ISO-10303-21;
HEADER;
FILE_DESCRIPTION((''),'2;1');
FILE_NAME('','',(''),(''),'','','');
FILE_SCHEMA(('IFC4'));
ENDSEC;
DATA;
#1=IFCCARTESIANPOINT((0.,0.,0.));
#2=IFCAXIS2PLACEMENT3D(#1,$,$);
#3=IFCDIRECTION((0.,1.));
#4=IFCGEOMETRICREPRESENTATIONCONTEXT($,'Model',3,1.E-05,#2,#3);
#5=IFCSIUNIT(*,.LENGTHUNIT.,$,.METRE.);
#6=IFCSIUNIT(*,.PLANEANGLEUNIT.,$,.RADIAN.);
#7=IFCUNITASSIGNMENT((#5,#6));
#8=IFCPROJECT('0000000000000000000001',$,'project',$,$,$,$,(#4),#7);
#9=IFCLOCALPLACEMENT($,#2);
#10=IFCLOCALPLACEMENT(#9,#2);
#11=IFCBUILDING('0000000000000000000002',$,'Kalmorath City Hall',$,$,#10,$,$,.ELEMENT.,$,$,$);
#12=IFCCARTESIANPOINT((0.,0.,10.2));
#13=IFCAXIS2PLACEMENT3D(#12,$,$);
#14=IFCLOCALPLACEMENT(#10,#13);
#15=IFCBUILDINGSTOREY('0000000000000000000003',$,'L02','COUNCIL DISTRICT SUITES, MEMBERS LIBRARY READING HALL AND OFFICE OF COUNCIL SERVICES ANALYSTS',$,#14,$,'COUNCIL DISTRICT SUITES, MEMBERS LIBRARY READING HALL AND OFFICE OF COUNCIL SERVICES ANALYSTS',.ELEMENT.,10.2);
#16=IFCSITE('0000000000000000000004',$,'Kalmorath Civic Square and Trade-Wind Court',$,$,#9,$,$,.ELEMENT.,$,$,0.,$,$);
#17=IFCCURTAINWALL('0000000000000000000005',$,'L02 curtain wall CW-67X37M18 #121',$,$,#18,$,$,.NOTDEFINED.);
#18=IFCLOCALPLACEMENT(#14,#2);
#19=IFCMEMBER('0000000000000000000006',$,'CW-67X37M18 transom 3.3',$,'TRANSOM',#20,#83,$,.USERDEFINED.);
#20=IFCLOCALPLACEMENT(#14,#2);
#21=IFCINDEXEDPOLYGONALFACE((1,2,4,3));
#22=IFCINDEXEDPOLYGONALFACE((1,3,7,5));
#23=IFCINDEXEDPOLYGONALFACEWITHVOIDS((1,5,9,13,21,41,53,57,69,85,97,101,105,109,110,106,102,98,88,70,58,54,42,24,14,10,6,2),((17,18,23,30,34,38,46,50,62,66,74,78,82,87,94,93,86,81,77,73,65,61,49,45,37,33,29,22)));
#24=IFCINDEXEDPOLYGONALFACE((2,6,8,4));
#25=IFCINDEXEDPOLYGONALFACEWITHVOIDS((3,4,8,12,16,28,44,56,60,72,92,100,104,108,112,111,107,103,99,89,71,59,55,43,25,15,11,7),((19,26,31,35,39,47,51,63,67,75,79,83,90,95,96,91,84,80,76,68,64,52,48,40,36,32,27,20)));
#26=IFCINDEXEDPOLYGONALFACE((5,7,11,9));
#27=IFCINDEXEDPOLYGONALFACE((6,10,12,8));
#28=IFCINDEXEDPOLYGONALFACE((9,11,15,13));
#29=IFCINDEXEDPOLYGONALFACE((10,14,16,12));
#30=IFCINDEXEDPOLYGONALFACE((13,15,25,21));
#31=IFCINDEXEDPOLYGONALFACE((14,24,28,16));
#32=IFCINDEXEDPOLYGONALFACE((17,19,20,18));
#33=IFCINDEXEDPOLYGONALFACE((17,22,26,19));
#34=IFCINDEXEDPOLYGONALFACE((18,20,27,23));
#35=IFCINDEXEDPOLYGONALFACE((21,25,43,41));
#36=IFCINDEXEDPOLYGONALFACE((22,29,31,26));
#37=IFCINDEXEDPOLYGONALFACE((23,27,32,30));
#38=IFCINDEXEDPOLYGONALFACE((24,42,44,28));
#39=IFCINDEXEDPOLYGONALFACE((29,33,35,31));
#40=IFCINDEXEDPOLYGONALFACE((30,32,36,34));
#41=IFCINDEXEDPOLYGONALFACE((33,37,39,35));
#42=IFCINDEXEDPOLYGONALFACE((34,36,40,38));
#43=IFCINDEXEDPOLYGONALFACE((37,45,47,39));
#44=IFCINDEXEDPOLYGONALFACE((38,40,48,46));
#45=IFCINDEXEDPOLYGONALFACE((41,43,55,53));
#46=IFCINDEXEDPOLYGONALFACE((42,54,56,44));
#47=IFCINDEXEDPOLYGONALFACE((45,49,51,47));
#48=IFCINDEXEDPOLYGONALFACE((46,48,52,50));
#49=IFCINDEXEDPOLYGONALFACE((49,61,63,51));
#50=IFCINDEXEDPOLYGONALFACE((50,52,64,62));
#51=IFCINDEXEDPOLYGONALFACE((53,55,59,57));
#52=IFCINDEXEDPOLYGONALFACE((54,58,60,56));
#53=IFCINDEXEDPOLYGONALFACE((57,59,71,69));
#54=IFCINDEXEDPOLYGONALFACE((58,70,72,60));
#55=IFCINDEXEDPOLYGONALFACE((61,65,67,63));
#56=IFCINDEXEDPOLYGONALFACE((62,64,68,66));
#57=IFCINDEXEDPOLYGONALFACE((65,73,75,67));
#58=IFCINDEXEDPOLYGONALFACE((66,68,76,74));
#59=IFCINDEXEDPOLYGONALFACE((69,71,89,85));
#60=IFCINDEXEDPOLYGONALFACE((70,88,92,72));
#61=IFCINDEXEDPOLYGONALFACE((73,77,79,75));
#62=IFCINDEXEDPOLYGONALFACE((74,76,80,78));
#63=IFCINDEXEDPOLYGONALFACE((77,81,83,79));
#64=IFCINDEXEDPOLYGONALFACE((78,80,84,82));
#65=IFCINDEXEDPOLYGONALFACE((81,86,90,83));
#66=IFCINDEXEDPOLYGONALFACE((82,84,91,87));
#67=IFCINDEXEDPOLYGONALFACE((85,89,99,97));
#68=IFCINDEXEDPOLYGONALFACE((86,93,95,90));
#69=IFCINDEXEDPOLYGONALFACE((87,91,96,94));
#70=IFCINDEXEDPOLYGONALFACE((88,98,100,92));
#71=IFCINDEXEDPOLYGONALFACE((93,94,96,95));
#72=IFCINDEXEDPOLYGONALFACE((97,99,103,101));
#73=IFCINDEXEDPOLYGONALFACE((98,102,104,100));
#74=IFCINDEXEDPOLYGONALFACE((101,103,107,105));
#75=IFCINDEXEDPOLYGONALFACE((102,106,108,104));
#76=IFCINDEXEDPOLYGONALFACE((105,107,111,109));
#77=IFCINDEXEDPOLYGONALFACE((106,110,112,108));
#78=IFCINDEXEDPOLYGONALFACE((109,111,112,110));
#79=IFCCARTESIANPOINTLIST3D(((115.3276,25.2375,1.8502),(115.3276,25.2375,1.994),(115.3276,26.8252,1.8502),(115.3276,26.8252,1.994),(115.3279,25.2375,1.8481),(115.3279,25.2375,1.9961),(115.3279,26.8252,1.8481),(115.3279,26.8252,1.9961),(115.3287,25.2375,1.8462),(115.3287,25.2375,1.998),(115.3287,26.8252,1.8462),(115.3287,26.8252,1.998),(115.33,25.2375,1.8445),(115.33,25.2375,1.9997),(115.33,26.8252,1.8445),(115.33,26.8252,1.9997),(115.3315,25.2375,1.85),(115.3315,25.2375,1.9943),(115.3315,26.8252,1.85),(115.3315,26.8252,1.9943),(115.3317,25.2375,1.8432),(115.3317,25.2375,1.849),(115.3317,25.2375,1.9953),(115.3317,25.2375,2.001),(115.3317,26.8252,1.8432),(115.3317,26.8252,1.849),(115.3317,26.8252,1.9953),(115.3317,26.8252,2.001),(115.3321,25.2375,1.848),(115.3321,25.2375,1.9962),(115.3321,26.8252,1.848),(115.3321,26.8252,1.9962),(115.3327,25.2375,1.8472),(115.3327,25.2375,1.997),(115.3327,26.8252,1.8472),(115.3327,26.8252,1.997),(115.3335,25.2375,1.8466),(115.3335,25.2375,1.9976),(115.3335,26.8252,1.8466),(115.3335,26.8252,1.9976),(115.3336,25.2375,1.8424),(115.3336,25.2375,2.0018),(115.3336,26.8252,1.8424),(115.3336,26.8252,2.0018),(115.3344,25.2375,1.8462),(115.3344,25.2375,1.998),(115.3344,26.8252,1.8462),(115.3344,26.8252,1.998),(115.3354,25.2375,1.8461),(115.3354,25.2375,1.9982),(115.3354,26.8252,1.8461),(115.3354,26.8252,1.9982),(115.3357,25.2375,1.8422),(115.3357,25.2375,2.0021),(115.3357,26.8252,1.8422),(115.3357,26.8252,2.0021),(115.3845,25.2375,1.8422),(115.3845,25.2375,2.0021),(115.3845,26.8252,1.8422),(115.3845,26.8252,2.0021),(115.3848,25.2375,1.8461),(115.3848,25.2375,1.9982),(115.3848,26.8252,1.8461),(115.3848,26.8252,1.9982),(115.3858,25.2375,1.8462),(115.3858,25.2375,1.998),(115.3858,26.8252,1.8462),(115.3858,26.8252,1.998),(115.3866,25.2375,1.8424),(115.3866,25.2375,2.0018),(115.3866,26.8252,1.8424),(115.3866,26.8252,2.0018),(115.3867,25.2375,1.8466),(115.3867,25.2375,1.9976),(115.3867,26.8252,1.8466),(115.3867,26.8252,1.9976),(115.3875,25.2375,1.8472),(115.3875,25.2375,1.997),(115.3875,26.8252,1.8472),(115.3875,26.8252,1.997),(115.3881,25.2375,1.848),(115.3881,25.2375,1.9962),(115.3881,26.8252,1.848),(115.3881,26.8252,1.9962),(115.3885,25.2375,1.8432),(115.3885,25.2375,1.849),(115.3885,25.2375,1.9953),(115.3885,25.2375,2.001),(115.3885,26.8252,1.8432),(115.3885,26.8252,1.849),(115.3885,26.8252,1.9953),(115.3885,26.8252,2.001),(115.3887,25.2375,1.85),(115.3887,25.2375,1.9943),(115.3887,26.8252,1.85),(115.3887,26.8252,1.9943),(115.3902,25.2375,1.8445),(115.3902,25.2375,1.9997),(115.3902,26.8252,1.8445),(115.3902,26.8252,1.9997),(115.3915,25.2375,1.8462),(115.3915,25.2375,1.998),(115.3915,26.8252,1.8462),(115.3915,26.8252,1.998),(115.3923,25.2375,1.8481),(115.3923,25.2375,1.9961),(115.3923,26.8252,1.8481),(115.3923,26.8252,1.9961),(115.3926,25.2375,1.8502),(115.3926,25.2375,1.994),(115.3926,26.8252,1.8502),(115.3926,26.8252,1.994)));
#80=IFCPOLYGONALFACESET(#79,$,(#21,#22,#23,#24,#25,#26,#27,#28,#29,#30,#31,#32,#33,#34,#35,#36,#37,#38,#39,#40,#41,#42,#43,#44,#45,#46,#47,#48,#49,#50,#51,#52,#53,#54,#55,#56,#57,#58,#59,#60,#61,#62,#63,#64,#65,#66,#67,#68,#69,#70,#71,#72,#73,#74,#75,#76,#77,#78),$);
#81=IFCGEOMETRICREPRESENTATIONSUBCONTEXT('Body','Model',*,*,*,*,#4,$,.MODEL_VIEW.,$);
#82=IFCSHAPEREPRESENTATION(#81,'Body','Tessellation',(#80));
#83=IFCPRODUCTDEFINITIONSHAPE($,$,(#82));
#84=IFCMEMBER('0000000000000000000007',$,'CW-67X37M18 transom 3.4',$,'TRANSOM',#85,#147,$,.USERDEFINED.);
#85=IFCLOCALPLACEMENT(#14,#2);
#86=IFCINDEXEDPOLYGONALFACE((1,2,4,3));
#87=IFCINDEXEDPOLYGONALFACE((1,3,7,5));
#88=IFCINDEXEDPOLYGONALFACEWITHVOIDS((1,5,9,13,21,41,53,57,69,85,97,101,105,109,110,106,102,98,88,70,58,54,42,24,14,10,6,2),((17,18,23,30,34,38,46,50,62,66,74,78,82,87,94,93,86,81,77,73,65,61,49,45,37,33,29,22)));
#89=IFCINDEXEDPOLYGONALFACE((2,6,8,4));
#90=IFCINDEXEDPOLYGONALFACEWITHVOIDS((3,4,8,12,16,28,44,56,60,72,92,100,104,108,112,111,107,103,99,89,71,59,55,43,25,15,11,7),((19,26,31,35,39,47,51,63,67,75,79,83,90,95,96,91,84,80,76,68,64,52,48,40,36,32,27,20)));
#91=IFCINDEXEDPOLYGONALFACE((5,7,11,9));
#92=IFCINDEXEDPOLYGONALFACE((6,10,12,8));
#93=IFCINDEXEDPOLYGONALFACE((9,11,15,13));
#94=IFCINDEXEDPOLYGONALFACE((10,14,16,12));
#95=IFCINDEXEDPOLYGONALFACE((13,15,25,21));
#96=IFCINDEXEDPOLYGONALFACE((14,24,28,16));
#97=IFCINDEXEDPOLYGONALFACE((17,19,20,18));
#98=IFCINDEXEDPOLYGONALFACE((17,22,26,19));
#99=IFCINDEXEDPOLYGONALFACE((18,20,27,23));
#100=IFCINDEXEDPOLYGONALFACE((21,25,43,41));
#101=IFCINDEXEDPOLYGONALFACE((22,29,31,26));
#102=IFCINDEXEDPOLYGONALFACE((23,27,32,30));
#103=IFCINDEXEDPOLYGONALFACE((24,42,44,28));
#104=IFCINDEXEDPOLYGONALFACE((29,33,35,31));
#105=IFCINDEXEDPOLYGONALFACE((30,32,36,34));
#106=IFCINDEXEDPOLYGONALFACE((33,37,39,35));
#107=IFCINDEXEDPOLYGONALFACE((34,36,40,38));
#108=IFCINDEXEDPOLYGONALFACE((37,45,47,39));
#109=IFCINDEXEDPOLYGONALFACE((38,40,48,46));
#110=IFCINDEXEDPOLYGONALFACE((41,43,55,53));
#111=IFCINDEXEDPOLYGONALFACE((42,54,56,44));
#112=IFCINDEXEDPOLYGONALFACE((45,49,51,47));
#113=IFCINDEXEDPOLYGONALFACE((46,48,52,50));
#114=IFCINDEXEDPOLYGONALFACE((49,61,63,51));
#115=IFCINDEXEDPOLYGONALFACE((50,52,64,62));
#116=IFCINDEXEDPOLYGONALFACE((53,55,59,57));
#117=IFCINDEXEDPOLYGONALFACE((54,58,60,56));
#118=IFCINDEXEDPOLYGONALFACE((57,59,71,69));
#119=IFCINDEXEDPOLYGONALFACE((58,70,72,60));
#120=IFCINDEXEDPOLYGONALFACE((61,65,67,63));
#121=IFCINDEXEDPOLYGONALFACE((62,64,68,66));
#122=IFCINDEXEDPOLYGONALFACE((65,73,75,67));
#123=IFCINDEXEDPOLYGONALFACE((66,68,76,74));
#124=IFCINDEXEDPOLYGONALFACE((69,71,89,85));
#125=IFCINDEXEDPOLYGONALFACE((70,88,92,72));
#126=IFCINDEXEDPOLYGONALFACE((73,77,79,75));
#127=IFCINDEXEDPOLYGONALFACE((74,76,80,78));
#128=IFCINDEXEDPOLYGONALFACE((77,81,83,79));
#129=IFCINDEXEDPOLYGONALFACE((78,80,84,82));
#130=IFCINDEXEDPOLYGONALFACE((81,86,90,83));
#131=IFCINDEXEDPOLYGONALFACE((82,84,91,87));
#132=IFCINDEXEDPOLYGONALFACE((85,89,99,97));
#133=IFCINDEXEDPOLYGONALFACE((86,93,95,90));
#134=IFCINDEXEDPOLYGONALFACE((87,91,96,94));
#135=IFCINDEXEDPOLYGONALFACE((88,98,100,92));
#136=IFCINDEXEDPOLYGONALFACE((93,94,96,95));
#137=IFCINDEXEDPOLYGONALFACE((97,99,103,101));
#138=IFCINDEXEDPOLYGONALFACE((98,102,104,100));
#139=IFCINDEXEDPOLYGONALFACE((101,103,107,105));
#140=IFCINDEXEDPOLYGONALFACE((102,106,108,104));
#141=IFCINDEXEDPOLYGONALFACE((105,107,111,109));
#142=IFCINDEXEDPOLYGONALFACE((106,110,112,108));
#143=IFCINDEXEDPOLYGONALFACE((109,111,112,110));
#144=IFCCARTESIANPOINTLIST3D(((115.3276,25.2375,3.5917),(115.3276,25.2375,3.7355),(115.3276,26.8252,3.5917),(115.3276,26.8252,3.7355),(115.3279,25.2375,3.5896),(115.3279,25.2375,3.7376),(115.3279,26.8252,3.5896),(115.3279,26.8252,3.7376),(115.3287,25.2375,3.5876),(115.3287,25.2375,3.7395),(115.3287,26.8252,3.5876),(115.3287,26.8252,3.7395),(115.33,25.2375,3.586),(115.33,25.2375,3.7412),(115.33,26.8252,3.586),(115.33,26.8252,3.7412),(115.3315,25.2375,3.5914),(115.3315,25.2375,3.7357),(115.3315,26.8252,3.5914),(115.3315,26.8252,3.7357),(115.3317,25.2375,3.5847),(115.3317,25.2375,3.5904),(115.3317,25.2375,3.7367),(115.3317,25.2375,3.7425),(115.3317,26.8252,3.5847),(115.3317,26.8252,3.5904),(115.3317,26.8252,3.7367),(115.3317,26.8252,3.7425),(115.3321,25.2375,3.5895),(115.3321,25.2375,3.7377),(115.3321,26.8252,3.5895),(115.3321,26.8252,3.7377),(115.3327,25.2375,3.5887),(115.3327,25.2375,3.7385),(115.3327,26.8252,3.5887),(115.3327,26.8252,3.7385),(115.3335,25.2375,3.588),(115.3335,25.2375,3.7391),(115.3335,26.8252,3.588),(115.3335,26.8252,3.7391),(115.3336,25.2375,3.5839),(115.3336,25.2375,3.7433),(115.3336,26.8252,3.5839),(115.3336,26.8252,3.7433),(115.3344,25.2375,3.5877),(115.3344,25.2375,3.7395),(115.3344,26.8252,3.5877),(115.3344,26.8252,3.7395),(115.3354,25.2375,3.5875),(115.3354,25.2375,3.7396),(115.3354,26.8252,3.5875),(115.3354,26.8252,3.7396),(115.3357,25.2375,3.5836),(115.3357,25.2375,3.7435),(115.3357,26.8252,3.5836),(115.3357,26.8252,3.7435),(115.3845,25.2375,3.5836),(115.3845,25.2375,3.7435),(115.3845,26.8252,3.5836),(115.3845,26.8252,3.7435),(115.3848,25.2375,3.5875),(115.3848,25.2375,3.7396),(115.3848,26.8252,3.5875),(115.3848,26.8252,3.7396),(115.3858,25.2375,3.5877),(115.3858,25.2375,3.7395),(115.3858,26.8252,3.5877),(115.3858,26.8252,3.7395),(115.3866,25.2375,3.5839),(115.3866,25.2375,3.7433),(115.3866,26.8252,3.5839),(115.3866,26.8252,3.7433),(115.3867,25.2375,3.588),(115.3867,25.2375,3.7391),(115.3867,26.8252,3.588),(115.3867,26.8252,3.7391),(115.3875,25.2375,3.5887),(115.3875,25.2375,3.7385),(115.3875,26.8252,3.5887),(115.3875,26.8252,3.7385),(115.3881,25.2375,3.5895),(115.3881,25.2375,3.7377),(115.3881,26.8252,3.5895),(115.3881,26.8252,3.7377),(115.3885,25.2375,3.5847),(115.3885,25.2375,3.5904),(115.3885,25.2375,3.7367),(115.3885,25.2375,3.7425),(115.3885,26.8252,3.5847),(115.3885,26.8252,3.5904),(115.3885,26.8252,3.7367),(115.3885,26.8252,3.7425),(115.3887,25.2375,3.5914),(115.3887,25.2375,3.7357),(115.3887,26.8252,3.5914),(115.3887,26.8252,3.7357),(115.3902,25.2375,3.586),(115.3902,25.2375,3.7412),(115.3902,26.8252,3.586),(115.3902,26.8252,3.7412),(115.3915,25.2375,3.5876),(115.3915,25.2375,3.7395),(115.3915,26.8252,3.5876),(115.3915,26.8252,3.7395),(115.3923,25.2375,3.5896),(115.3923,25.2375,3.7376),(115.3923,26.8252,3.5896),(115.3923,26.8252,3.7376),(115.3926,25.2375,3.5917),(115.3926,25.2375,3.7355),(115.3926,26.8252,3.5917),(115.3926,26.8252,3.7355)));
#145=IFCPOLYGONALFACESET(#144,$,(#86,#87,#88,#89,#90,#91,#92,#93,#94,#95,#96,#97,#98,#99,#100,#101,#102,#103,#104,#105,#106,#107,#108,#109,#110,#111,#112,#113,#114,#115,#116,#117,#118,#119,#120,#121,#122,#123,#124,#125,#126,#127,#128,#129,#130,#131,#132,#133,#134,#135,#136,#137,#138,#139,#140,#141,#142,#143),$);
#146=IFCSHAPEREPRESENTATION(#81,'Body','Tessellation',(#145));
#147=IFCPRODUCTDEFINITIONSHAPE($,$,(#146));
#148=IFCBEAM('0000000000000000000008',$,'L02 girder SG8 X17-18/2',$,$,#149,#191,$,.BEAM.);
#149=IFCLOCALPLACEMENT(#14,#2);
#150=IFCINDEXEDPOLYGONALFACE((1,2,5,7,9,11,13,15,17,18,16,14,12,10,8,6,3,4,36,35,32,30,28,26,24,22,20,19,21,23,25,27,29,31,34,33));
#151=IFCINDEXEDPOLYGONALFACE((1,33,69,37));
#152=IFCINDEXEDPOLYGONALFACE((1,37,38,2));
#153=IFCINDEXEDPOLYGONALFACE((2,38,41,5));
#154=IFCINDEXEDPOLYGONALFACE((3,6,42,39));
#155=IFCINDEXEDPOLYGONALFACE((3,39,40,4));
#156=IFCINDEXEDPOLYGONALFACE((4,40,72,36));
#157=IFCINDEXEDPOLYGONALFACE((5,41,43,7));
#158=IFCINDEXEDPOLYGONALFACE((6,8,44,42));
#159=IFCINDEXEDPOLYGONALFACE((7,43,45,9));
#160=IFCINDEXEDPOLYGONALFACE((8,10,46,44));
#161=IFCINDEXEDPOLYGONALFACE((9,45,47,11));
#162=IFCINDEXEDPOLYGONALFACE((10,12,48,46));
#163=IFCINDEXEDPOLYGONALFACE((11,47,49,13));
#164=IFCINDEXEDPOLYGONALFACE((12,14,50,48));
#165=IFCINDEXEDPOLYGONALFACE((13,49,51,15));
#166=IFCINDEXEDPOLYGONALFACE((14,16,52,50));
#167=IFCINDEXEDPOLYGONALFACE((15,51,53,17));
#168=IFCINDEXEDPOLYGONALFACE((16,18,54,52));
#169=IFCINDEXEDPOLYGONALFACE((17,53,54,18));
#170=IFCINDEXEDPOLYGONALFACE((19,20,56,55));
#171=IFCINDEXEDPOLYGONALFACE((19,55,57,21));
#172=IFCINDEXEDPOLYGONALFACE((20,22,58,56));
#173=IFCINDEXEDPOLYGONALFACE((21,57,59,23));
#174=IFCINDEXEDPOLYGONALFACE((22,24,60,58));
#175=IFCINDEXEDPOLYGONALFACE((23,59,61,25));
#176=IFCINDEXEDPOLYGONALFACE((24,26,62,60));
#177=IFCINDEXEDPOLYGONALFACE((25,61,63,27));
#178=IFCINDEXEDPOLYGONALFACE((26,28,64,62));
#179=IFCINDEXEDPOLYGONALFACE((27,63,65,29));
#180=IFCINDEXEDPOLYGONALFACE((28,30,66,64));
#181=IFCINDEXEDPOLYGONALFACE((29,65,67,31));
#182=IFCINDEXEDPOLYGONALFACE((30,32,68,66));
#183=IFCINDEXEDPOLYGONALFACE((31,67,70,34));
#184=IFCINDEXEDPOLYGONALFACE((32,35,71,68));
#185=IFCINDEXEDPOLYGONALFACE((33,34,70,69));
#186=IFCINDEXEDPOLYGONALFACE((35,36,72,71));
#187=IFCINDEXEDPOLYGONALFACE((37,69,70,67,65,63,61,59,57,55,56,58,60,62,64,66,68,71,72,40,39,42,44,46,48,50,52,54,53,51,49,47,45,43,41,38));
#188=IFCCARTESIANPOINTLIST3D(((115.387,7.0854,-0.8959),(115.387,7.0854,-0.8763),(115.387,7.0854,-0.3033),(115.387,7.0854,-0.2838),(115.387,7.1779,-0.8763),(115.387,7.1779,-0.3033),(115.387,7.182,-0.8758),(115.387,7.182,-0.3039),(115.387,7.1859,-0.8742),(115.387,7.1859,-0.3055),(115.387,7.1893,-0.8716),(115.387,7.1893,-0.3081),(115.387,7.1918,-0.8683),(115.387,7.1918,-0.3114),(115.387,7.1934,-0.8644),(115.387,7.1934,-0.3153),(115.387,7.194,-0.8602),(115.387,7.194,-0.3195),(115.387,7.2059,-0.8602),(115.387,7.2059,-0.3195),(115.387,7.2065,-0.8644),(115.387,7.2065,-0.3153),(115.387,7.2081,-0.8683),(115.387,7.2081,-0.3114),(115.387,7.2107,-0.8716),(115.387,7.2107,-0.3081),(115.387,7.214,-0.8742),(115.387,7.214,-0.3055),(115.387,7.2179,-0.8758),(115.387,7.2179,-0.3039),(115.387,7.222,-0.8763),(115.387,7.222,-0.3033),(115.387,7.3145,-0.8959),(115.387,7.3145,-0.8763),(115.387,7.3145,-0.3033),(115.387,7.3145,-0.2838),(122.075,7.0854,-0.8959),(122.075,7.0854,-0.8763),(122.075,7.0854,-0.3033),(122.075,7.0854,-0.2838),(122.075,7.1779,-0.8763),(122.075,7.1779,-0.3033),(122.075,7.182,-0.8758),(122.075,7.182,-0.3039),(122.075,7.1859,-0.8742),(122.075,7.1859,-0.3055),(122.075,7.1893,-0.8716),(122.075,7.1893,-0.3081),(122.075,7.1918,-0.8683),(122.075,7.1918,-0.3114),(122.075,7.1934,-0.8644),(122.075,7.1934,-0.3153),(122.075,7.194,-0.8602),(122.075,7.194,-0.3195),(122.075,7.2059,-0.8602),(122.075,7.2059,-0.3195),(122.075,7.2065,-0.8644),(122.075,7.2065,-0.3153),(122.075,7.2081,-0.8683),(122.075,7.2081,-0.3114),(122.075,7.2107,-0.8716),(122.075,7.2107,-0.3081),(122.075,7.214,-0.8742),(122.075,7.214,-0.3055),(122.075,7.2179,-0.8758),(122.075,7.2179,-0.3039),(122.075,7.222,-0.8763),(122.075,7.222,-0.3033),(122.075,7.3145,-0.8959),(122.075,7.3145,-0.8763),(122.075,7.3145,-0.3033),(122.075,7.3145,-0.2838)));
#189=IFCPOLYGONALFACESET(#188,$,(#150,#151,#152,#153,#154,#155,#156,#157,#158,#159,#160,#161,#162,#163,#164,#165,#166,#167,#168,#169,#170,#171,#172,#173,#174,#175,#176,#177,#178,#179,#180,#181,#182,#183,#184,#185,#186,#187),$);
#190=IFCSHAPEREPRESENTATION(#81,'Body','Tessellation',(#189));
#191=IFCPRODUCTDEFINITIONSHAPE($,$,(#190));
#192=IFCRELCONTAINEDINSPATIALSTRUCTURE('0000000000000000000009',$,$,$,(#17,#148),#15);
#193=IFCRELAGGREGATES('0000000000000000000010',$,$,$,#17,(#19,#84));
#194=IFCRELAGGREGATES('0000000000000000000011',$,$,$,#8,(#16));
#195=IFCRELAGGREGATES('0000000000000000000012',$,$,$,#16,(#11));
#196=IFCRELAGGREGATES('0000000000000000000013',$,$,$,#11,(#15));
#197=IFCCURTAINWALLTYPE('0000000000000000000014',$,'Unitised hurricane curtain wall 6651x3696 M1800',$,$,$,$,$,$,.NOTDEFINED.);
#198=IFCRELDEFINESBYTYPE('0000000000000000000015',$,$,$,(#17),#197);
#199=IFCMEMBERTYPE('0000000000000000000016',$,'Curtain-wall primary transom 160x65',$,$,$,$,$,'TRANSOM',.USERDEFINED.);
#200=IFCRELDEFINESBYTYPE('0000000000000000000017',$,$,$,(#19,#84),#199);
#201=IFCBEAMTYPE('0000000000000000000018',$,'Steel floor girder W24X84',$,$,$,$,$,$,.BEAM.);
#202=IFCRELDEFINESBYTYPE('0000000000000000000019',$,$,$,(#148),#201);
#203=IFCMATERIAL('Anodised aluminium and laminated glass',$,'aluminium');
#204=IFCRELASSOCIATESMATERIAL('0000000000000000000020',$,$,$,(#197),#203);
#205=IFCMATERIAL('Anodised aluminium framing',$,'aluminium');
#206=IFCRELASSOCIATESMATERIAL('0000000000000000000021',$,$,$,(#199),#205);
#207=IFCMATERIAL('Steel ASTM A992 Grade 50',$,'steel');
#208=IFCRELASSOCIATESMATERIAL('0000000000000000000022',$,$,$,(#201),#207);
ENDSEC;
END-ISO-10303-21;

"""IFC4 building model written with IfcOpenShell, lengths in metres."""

from ifc_helpers import new_model, si_unit, direction, frame, origin, origin_2d, place, context, subcontext, project, spatial, hollow_rectangle, i_section, extrude, material, material_profile, profile_set, type_object, element, aggregate, save


model = new_model("IFC4")

# Units and contexts
model_context = context("Model", 3, precision=1e-05, world=origin(), true_north=direction((0.0, 1.0)))
body_context = subcontext(model_context, "Body", "Model", "MODEL_VIEW")
ifc_project = project(units=[si_unit("LENGTHUNIT", "METRE"), si_unit("PLANEANGLEUNIT", "RADIAN")], contexts=[model_context])

# Site, building, storey
site_placement = place(None, origin())
site = spatial("IfcSite", under=ifc_project, at=site_placement, Name="Kalmorath Civic Square and Trade-Wind Court", CompositionType="ELEMENT", RefElevation=0.0)
building_placement = place(site_placement, origin())
building = spatial("IfcBuilding", under=site, at=building_placement, Name="Kalmorath City Hall", CompositionType="ELEMENT")
storey_placement = place(building_placement, frame((0.0, 0.0, 10.2)))
storey = spatial("IfcBuildingStorey", under=building, at=storey_placement, Name="L02", Description="COUNCIL DISTRICT SUITES, MEMBERS LIBRARY READING HALL AND OFFICE OF COUNCIL SERVICES ANALYSTS", LongName="COUNCIL DISTRICT SUITES, MEMBERS LIBRARY READING HALL AND OFFICE OF COUNCIL SERVICES ANALYSTS", CompositionType="ELEMENT", Elevation=10.2)

# Curtain wall, members
ifc_material_1 = material(Name="Anodised aluminium and laminated glass", Category="aluminium")
curtain_wall_type = type_object("IfcCurtainWallType", Name="Unitised hurricane curtain wall 6651x3696 M1800", PredefinedType="NOTDEFINED", material=ifc_material_1)
curtain_wall_placement = place(storey_placement, origin())
curtain_wall = element("IfcCurtainWall", 1, at=curtain_wall_placement, inside=storey, type_object=curtain_wall_type, Name="L02 curtain wall CW-67X37M18 #121", PredefinedType="NOTDEFINED")
ifc_material_2 = material(Name="Anodised aluminium framing", Category="aluminium")
ifc_material_profile_1 = material_profile(ifc_material_2, hollow_rectangle(XDim=0.0649, YDim=0.1599, WallThickness=0.0039, InnerFilletRadius=0.0039, OuterFilletRadius=0.0081, at=origin_2d()), Name="ALU-TRN-160X65X4")
ifc_profile_set_1 = profile_set([ifc_material_profile_1], Name="Anodised aluminium framing")
member_type = type_object("IfcMemberType", Name="Curtain-wall primary transom 160x65", ElementType="TRANSOM", PredefinedType="USERDEFINED", material=ifc_profile_set_1)
member_1_placement = place(storey_placement, frame((115.3601, 25.2375, 1.9221), z_axis=(0.0, 1.0, 0.0), x_axis=(-1.0, 0.0, 0.0)))
member_1 = element("IfcMember", 2, at=member_1_placement, type_object=member_type, Name="CW-67X37M18 transom 3.3", ObjectType="TRANSOM", PredefinedType="USERDEFINED", context=body_context, shape_type="SweptSolid", body=[
    extrude(hollow_rectangle(XDim=0.0649, YDim=0.1599, WallThickness=0.0039, InnerFilletRadius=0.0039, OuterFilletRadius=0.0081, at=origin_2d()), origin(), (0.0, 0.0, 1.0), 1.5876),
])
member_2_placement = place(storey_placement, frame((115.3601, 25.2375, 3.6636), z_axis=(0.0, 1.0, 0.0), x_axis=(-1.0, 0.0, 0.0)))
member_2 = element("IfcMember", 3, at=member_2_placement, type_object=member_type, Name="CW-67X37M18 transom 3.4", ObjectType="TRANSOM", PredefinedType="USERDEFINED", context=body_context, shape_type="SweptSolid", body=[
    extrude(hollow_rectangle(XDim=0.0649, YDim=0.1599, WallThickness=0.0039, InnerFilletRadius=0.0039, OuterFilletRadius=0.0081, at=origin_2d()), origin(), (0.0, 0.0, 1.0), 1.5876),
])

# Beam
ifc_material_3 = material(Name="Steel ASTM A992 Grade 50", Category="steel")
ifc_material_profile_2 = material_profile(ifc_material_3, i_section(OverallWidth=0.229, OverallDepth=0.6121, WebThickness=0.012, FlangeThickness=0.0195, FilletRadius=0.0161, at=origin_2d()), Name="W24X84")
ifc_profile_set_2 = profile_set([ifc_material_profile_2], Name="Steel ASTM A992 Grade 50")
beam_type = type_object("IfcBeamType", Name="Steel floor girder W24X84", PredefinedType="BEAM", material=ifc_profile_set_2)
for number, where, z_axis, x_axis, name in (
    (4, (115.387, 7.2, -0.5898), (1.0, 0.0, 0.0), (0.0, 1.0, 0.0), "L02 girder SG8 X17-18/2"),
):
    element("IfcBeam", number, at=place(storey_placement, frame(where, z_axis=z_axis, x_axis=x_axis)), inside=storey, type_object=beam_type, Name=name, PredefinedType="BEAM", context=body_context, shape_type="SweptSolid", body=[
        extrude(i_section(OverallWidth=0.229, OverallDepth=0.6121, WebThickness=0.012, FlangeThickness=0.0195, FilletRadius=0.0161, at=origin_2d()), origin(), (0.0, 0.0, 1.0), 6.688),
    ])

aggregate(curtain_wall, [member_1, member_2])

save(model, "model.ifc")
